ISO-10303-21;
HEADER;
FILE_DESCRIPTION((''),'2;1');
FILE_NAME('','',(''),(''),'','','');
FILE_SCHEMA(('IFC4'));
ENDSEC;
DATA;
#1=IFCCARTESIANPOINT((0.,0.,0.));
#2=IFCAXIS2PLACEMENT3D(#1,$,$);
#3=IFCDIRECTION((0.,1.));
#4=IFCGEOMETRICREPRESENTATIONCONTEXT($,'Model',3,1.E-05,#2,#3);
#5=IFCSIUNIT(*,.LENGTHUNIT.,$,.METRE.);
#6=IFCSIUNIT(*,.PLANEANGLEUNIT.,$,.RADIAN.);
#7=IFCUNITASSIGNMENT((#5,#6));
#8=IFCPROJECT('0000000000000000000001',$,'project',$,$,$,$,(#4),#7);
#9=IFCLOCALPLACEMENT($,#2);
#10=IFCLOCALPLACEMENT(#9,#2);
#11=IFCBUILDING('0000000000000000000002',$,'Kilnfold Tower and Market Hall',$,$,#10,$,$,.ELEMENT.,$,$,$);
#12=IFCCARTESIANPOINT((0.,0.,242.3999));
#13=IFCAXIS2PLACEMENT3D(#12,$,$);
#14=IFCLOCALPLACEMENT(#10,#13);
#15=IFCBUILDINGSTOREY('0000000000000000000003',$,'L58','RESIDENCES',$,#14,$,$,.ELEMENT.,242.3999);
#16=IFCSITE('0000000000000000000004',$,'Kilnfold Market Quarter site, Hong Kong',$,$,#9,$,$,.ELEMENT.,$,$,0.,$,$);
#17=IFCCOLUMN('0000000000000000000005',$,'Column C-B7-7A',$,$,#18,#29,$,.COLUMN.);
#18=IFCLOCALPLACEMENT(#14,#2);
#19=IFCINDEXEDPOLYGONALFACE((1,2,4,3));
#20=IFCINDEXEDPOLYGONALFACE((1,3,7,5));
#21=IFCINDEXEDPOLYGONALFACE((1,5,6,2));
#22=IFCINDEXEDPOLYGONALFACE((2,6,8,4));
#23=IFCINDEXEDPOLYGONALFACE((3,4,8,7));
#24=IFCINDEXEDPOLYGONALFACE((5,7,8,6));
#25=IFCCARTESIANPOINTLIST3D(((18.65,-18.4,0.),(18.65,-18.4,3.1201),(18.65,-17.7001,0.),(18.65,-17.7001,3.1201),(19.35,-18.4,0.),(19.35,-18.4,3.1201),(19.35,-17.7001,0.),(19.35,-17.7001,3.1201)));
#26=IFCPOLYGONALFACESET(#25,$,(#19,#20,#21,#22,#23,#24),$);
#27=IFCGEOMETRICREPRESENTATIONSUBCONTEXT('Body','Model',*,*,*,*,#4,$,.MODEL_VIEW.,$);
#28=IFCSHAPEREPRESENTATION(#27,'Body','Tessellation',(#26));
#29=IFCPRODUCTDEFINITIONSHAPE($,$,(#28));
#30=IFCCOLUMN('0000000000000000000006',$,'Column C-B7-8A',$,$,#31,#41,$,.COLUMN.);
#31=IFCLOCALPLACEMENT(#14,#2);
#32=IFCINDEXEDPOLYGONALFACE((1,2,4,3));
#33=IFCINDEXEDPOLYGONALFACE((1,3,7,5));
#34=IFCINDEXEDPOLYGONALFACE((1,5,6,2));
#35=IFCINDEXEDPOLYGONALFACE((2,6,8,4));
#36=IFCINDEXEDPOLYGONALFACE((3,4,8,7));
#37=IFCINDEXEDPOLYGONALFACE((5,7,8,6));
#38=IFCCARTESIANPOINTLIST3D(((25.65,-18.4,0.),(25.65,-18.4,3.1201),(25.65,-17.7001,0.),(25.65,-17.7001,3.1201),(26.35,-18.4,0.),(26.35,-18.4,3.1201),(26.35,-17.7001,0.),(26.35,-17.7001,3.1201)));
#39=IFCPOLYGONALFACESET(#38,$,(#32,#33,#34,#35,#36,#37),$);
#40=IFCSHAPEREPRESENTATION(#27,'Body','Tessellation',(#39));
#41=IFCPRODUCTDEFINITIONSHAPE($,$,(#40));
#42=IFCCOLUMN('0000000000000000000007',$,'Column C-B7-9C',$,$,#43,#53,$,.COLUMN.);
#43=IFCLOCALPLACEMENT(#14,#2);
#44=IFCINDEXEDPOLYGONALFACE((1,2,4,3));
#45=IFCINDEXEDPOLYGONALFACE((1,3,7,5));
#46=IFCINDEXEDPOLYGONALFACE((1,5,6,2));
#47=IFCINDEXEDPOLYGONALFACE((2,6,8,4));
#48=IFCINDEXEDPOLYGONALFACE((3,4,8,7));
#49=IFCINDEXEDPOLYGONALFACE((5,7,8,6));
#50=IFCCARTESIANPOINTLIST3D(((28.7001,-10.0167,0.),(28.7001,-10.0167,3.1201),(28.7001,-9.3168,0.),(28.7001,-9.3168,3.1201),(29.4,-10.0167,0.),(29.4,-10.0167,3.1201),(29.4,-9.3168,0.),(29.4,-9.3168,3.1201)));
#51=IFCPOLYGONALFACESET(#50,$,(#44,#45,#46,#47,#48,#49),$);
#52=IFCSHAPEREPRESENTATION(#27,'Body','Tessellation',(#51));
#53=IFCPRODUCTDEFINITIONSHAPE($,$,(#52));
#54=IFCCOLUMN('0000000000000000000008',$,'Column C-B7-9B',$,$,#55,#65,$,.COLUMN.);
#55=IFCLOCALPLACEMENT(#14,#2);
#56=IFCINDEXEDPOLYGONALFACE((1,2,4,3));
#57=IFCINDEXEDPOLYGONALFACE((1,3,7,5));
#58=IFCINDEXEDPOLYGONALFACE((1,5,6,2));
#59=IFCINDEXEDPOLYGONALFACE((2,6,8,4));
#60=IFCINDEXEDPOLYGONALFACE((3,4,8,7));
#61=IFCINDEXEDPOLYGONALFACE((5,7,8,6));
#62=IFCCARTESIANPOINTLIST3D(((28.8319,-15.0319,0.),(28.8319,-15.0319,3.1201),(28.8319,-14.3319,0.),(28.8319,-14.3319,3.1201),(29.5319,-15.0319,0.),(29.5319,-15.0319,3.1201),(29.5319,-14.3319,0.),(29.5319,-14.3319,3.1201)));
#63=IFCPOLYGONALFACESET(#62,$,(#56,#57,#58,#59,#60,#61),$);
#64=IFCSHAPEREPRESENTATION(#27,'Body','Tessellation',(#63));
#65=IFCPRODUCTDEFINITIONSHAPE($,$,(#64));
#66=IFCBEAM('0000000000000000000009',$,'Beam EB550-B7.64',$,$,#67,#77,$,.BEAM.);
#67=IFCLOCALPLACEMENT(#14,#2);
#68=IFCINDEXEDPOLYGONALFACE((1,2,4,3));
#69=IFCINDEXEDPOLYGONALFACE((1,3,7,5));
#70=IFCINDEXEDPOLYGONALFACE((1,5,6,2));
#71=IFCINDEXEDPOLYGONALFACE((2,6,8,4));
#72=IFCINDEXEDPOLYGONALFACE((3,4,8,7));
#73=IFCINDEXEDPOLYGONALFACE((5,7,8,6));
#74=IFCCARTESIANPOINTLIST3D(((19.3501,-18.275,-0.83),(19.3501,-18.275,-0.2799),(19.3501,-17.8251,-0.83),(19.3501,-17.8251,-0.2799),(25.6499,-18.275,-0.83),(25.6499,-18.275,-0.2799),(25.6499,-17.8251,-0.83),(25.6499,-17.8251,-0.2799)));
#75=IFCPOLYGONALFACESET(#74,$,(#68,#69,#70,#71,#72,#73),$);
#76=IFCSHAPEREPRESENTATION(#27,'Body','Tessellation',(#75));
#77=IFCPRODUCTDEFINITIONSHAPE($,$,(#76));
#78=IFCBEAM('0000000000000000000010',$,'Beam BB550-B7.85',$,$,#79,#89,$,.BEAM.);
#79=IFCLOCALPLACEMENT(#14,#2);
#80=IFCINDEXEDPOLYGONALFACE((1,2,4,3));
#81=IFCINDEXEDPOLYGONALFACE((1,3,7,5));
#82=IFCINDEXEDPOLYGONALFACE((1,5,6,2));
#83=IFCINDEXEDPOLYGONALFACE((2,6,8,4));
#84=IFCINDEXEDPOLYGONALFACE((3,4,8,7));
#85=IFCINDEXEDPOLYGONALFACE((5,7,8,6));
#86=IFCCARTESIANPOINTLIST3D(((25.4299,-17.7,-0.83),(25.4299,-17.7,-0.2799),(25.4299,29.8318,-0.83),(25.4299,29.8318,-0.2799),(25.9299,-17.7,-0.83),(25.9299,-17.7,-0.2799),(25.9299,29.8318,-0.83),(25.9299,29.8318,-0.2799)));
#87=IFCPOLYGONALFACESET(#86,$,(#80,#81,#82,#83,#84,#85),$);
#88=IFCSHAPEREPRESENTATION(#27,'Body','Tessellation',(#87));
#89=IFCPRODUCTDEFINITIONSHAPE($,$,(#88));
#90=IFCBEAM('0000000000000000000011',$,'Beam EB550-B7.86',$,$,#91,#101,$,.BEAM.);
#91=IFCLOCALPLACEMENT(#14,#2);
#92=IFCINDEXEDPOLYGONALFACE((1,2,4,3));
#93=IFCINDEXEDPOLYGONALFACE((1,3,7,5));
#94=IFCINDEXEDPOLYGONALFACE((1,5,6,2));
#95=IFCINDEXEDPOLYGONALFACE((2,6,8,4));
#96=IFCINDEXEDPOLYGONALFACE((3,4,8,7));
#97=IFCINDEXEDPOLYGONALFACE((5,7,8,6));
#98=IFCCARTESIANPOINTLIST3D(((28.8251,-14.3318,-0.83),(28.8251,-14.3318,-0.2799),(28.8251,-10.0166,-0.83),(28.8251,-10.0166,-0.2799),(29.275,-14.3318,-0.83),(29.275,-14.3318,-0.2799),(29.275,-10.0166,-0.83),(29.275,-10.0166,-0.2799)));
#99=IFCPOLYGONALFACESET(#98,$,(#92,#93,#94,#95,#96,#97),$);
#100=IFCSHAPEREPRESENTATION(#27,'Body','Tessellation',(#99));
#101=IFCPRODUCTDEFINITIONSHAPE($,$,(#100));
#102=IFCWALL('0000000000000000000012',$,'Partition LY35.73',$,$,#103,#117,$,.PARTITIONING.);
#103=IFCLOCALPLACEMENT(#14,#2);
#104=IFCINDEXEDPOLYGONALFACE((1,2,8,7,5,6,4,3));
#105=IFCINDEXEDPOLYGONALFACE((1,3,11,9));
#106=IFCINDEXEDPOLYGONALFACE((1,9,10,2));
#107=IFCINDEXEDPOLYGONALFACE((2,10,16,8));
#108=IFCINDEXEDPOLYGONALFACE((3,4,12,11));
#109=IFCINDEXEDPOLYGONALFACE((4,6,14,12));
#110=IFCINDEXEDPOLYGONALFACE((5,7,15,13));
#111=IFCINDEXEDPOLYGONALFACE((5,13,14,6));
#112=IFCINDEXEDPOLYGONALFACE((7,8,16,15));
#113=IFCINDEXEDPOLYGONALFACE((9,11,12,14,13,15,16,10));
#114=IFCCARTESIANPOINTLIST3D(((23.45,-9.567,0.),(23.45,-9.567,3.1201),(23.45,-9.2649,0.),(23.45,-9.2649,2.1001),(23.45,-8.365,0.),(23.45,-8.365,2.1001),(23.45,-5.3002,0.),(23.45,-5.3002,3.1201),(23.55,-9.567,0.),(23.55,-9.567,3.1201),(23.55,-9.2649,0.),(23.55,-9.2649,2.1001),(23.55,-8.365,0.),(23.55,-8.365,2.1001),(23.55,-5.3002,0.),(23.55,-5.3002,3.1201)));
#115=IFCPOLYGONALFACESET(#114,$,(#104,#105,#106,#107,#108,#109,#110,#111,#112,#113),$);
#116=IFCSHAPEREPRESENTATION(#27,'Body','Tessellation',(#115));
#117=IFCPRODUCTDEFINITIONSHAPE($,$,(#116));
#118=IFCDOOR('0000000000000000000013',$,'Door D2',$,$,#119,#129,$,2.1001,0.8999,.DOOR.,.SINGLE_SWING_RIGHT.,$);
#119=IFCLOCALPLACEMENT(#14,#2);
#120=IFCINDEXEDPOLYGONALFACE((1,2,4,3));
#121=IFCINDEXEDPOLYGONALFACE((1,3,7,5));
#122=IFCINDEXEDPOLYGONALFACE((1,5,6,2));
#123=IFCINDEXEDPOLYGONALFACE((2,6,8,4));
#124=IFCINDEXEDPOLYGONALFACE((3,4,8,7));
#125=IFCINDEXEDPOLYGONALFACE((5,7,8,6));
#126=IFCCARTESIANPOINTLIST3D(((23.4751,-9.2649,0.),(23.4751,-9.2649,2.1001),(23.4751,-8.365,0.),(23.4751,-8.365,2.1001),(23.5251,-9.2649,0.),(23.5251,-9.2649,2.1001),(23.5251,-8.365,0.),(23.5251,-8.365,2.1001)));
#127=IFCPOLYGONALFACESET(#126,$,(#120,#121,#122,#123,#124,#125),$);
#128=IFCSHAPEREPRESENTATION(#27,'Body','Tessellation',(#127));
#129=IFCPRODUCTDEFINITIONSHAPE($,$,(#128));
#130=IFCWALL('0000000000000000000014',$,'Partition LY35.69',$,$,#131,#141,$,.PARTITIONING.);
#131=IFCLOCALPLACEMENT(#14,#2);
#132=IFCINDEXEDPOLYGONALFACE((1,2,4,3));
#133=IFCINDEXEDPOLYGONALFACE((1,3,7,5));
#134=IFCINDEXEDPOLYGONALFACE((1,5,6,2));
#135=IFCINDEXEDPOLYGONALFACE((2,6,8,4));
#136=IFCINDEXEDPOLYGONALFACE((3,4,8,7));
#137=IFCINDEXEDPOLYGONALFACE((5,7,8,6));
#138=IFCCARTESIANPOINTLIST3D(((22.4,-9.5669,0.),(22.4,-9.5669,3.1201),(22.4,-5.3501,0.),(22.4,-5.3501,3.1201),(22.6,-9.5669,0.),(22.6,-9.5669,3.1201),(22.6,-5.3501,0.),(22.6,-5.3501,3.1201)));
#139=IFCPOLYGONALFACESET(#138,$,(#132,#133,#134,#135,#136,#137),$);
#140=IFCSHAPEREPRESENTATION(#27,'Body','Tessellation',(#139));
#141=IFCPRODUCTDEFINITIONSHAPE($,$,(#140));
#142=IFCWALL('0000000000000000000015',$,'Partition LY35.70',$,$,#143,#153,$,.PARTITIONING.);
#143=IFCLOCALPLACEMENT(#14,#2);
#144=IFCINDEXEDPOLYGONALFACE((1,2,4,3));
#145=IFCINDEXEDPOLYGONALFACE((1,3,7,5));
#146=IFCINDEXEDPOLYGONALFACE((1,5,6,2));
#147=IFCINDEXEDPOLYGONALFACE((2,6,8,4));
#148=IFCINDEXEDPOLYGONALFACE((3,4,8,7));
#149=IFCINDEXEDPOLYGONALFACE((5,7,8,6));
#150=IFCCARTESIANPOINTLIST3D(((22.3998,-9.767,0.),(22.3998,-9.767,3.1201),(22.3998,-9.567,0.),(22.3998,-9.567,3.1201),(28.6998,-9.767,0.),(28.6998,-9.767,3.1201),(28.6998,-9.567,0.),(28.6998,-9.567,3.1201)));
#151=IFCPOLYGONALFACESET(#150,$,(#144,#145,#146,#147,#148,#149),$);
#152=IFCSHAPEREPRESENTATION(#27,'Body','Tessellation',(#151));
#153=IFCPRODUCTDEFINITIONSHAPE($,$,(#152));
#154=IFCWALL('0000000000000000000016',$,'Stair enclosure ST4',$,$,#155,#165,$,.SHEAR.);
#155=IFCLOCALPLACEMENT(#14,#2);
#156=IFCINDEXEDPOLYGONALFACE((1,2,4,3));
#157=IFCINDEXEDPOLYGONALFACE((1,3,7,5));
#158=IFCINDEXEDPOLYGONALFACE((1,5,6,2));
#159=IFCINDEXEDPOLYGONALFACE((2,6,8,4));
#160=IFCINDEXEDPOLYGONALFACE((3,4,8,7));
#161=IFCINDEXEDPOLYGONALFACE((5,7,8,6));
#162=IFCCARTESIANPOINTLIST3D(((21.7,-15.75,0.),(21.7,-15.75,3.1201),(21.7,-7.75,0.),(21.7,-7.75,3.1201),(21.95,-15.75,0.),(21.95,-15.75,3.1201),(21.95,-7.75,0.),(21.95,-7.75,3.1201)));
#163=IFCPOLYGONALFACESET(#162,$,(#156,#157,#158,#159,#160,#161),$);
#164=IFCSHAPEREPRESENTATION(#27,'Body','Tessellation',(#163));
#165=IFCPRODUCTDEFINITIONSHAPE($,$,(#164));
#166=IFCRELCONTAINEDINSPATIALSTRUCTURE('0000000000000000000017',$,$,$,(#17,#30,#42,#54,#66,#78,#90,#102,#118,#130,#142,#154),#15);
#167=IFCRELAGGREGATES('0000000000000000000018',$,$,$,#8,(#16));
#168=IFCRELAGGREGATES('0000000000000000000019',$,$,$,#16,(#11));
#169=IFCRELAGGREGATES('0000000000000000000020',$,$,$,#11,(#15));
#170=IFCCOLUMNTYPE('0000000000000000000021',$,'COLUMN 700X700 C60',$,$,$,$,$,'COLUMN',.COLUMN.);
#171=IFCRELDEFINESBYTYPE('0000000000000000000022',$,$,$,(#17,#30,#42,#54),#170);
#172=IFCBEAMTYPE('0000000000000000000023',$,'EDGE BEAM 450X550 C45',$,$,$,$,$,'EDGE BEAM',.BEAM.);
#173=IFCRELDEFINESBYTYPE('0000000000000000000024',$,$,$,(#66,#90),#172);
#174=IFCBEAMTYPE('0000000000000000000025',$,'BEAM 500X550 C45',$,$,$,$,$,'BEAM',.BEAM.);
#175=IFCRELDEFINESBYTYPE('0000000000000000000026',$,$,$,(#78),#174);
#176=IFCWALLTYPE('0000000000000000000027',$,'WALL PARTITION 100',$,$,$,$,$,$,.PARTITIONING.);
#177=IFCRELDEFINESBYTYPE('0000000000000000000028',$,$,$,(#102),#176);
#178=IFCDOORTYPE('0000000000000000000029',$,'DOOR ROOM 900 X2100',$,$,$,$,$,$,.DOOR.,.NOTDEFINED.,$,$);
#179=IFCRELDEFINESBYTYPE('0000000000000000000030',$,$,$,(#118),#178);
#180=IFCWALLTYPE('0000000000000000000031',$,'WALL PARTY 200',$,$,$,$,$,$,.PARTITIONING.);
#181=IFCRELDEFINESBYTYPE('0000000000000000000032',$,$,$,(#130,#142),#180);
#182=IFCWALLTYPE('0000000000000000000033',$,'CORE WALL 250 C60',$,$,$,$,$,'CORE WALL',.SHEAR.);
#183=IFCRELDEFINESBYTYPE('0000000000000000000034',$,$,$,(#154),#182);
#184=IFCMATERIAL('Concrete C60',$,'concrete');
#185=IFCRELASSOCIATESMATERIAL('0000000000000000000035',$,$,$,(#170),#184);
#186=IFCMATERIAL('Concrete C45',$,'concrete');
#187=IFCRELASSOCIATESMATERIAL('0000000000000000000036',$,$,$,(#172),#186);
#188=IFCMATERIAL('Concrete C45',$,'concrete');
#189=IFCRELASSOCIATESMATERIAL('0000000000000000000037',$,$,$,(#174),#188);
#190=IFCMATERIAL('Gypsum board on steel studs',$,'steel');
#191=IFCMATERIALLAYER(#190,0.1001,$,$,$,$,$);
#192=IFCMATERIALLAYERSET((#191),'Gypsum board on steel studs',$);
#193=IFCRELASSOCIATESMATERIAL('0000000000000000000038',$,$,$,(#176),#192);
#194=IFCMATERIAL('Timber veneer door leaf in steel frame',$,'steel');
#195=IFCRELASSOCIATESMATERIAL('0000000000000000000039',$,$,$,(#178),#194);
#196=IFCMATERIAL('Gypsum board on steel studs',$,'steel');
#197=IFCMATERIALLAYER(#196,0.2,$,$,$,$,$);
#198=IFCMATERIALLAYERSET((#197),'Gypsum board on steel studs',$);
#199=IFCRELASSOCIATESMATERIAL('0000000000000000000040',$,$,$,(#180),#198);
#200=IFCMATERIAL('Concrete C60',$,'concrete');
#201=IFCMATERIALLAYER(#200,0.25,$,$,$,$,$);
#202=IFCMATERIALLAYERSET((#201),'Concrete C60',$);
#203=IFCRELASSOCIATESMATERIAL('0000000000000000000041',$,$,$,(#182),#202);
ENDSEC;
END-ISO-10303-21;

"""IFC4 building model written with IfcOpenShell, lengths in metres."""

from ifc_helpers import new_model, si_unit, direction, frame, frame_2d, origin, origin_2d, place, context, subcontext, project, spatial, rectangle, extrude, source, transform, mapped, material, layer, layer_set, material_profile, profile_set, type_object, element, fill, save


model = new_model("IFC4")

# Units and contexts
model_context = context("Model", 3, precision=1e-05, world=origin(), true_north=direction((0.0, 1.0)))
body_context = subcontext(model_context, "Body", "Model", "MODEL_VIEW")
ifc_project = project(units=[si_unit("LENGTHUNIT", "METRE"), si_unit("PLANEANGLEUNIT", "RADIAN")], contexts=[model_context])

# Site, building, storey
site_placement = place(None, origin())
site = spatial("IfcSite", under=ifc_project, at=site_placement, Name="Kilnfold Market Quarter site, Hong Kong", CompositionType="ELEMENT", RefElevation=0.0)
building_placement = place(site_placement, origin())
building = spatial("IfcBuilding", under=site, at=building_placement, Name="Kilnfold Tower and Market Hall", CompositionType="ELEMENT")
storey_placement = place(building_placement, frame((0.0, 0.0, 242.3999)))
storey = spatial("IfcBuildingStorey", under=building, at=storey_placement, Name="L58", Description="RESIDENCES", CompositionType="ELEMENT", Elevation=242.3999)

# Columns
ifc_material_1 = material(Name="Concrete C60", Category="concrete")
ifc_material_profile_1 = material_profile(ifc_material_1, rectangle(XDim=0.7, YDim=0.7, at=origin_2d()), Name="RC 700x700")
ifc_profile_set_1 = profile_set([ifc_material_profile_1], Name="Concrete C60")
column_type = type_object("IfcColumnType", Name="COLUMN 700X700 C60", ElementType="COLUMN", PredefinedType="COLUMN", material=ifc_profile_set_1)
shared_shape_1 = source(origin(), body_context, "Body", "SweptSolid", [
    extrude(rectangle(XDim=0.7, YDim=0.7, at=origin_2d()), origin(), (0.0, 0.0, 1.0), 3.1201),
])
for number, where, z_axis, x_axis, name in (
    (1, (19.0, -18.05, 0.0), (0.0, 0.0, 1.0), (1.0, 0.0, 0.0), "Column C-B7-7A"),
    (2, (26.0, -18.05, 0.0), (0.0, 0.0, 1.0), (1.0, 0.0, 0.0), "Column C-B7-8A"),
    (3, (29.05, -9.6667, 0.0), (0.0, 0.0, 1.0), (1.0, 0.0, 0.0), "Column C-B7-9C"),
    (4, (29.1819, -14.6819, 0.0), (0.0, 0.0, 1.0), (1.0, 0.0, 0.0), "Column C-B7-9B"),
):
    element("IfcColumn", number, at=place(storey_placement, frame(where, z_axis=z_axis, x_axis=x_axis)), inside=storey, type_object=column_type, Name=name, PredefinedType="COLUMN", context=body_context, shape_type="MappedRepresentation", body=[
        mapped(shared_shape_1, transform((0.0, 0.0, 0.0))),
    ])

# Beams
ifc_material_2 = material(Name="Concrete C45", Category="concrete")
ifc_material_profile_2 = material_profile(ifc_material_2, rectangle(XDim=0.45, YDim=0.55, at=origin_2d()), Name="RC 450x550")
ifc_profile_set_2 = profile_set([ifc_material_profile_2], Name="Concrete C45")
beam_type_1 = type_object("IfcBeamType", Name="EDGE BEAM 450X550 C45", ElementType="EDGE BEAM", PredefinedType="BEAM", material=ifc_profile_set_2)
shared_shape_2 = source(origin(), body_context, "Body", "SweptSolid", [
    extrude(rectangle(XDim=0.45, YDim=0.55, at=origin_2d()), origin(), (0.0, 0.0, 1.0), 6.2998),
])
beam_1_placement = place(storey_placement, frame((19.3501, -18.05, -0.5549), z_axis=(1.0, 0.0, 0.0), x_axis=(0.0, 1.0, 0.0)))
element("IfcBeam", 5, at=beam_1_placement, inside=storey, type_object=beam_type_1, Name="Beam EB550-B7.64", PredefinedType="BEAM", context=body_context, shape_type="MappedRepresentation", body=[
    mapped(shared_shape_2, transform((0.0, 0.0, 0.0))),
])
ifc_material_3 = material(Name="Concrete C45", Category="concrete")
ifc_material_profile_3 = material_profile(ifc_material_3, rectangle(XDim=0.5, YDim=0.55, at=origin_2d()), Name="RC 500x550")
ifc_profile_set_3 = profile_set([ifc_material_profile_3], Name="Concrete C45")
beam_type_2 = type_object("IfcBeamType", Name="BEAM 500X550 C45", ElementType="BEAM", PredefinedType="BEAM", material=ifc_profile_set_3)
shared_shape_3 = source(origin(), body_context, "Body", "SweptSolid", [
    extrude(rectangle(XDim=0.5, YDim=0.55, at=origin_2d()), origin(), (0.0, 0.0, 1.0), 47.5317),
])
beam_2_placement = place(storey_placement, frame((25.6799, -17.7, -0.5549), z_axis=(0.0, 1.0, 0.0), x_axis=(-1.0, 0.0, 0.0)))
element("IfcBeam", 6, at=beam_2_placement, inside=storey, type_object=beam_type_2, Name="Beam BB550-B7.85", PredefinedType="BEAM", context=body_context, shape_type="MappedRepresentation", body=[
    mapped(shared_shape_3, transform((0.0, 0.0, 0.0))),
])
shared_shape_4 = source(origin(), body_context, "Body", "SweptSolid", [
    extrude(rectangle(XDim=0.45, YDim=0.55, at=origin_2d()), origin(), (0.0, 0.0, 1.0), 4.3152),
])
beam_3_placement = place(storey_placement, frame((29.05, -14.3318, -0.5549), z_axis=(0.0, 1.0, 0.0), x_axis=(-1.0, 0.0, 0.0)))
element("IfcBeam", 7, at=beam_3_placement, inside=storey, type_object=beam_type_1, Name="Beam EB550-B7.86", PredefinedType="BEAM", context=body_context, shape_type="MappedRepresentation", body=[
    mapped(shared_shape_4, transform((0.0, 0.0, 0.0))),
])

# Wall, opening, door
ifc_material_4 = material(Name="Gypsum board on steel studs", Category="steel")
ifc_layer_1 = layer(ifc_material_4, 0.1001)
ifc_layer_set_1 = layer_set([ifc_layer_1], Name="Gypsum board on steel studs")
wall_type_1 = type_object("IfcWallType", Name="WALL PARTITION 100", PredefinedType="PARTITIONING", material=ifc_layer_set_1)
wall_1_placement = place(storey_placement, frame((23.5, -9.5669, 0.0), z_axis=(0.0, 0.0, 1.0), x_axis=(0.0, 1.0, 0.0)))
wall_1 = element("IfcWall", 8, at=wall_1_placement, inside=storey, type_object=wall_type_1, Name="Partition LY35.73", PredefinedType="PARTITIONING", context=body_context, shape_type="SweptSolid", body=[
    extrude(rectangle(XDim=4.2668, YDim=0.1001, at=frame_2d((2.1333, 0.0))), origin(), (0.0, 0.0, 1.0), 3.1201),
])
opening_1_placement = place(wall_1_placement, frame((0.302, 0.0, 0.0)))
opening_1 = element("IfcOpeningElement", 9, at=opening_1_placement, cuts=wall_1, PredefinedType="OPENING", context=body_context, shape_type="SweptSolid", body=[
    extrude(rectangle(XDim=0.8999, YDim=2.1001, at=frame_2d((0.45, 1.05))), frame((0.0, 0.0601, 0.0), z_axis=(0.0, -1.0, 0.0), x_axis=(1.0, 0.0, 0.0)), (0.0, 0.0, 1.0), 0.1201),
])
ifc_material_5 = material(Name="Timber veneer door leaf in steel frame", Category="steel")
door_type = type_object("IfcDoorType", Name="DOOR ROOM 900 X2100", OperationType="NOTDEFINED", PredefinedType="DOOR", material=ifc_material_5)
door_placement = place(opening_1_placement, origin())
door = element("IfcDoor", 10, at=door_placement, inside=storey, type_object=door_type, Name="Door D2", OperationType="SINGLE_SWING_RIGHT", OverallHeight=2.1001, OverallWidth=0.8999, PredefinedType="DOOR", context=body_context, shape_type="SweptSolid", body=[
    extrude(rectangle(XDim=0.8999, YDim=2.1001, at=frame_2d((0.45, 1.05))), frame((0.0, 0.0249, 0.0), z_axis=(0.0, -1.0, 0.0), x_axis=(1.0, 0.0, 0.0)), (0.0, 0.0, 1.0), 0.05),
])
fill(opening_1, door)

# Walls
ifc_material_6 = material(Name="Gypsum board on steel studs", Category="steel")
ifc_layer_2 = layer(ifc_material_6, 0.2)
ifc_layer_set_2 = layer_set([ifc_layer_2], Name="Gypsum board on steel studs")
wall_type_2 = type_object("IfcWallType", Name="WALL PARTY 200", PredefinedType="PARTITIONING", material=ifc_layer_set_2)
wall_2_placement = place(storey_placement, frame((22.5, -9.5669, 0.0), z_axis=(0.0, 0.0, 1.0), x_axis=(0.0, 1.0, 0.0)))
element("IfcWall", 11, at=wall_2_placement, inside=storey, type_object=wall_type_2, Name="Partition LY35.69", PredefinedType="PARTITIONING", context=body_context, shape_type="SweptSolid", body=[
    extrude(rectangle(XDim=4.2168, YDim=0.2, at=frame_2d((2.1084, 0.0))), origin(), (0.0, 0.0, 1.0), 3.1201),
])
wall_3_placement = place(storey_placement, frame((22.3999, -9.667, 0.0), z_axis=(0.0, 0.0, 1.0), x_axis=(1.0, 0.0, 0.0)))
element("IfcWall", 12, at=wall_3_placement, inside=storey, type_object=wall_type_2, Name="Partition LY35.70", PredefinedType="PARTITIONING", context=body_context, shape_type="SweptSolid", body=[
    extrude(rectangle(XDim=6.3, YDim=0.2, at=frame_2d((3.1499, 0.0))), origin(), (0.0, 0.0, 1.0), 3.1201),
])
ifc_material_7 = material(Name="Concrete C60", Category="concrete")
ifc_layer_3 = layer(ifc_material_7, 0.25)
ifc_layer_set_3 = layer_set([ifc_layer_3], Name="Concrete C60")
wall_type_3 = type_object("IfcWallType", Name="CORE WALL 250 C60", ElementType="CORE WALL", PredefinedType="SHEAR", material=ifc_layer_set_3)
shared_shape_5 = source(origin(), body_context, "Body", "SweptSolid", [
    extrude(rectangle(XDim=8.0, YDim=0.25, at=frame_2d((4.0, 0.0))), origin(), (0.0, 0.0, 1.0), 3.1201),
])
wall_4_placement = place(storey_placement, frame((21.825, -15.75, 0.0), z_axis=(0.0, 0.0, 1.0), x_axis=(0.0, 1.0, 0.0)))
element("IfcWall", 13, at=wall_4_placement, inside=storey, type_object=wall_type_3, Name="Stair enclosure ST4", PredefinedType="SHEAR", context=body_context, shape_type="MappedRepresentation", body=[
    mapped(shared_shape_5, transform((0.0, 0.0, 0.0))),
])

save(model, "model.ifc")
